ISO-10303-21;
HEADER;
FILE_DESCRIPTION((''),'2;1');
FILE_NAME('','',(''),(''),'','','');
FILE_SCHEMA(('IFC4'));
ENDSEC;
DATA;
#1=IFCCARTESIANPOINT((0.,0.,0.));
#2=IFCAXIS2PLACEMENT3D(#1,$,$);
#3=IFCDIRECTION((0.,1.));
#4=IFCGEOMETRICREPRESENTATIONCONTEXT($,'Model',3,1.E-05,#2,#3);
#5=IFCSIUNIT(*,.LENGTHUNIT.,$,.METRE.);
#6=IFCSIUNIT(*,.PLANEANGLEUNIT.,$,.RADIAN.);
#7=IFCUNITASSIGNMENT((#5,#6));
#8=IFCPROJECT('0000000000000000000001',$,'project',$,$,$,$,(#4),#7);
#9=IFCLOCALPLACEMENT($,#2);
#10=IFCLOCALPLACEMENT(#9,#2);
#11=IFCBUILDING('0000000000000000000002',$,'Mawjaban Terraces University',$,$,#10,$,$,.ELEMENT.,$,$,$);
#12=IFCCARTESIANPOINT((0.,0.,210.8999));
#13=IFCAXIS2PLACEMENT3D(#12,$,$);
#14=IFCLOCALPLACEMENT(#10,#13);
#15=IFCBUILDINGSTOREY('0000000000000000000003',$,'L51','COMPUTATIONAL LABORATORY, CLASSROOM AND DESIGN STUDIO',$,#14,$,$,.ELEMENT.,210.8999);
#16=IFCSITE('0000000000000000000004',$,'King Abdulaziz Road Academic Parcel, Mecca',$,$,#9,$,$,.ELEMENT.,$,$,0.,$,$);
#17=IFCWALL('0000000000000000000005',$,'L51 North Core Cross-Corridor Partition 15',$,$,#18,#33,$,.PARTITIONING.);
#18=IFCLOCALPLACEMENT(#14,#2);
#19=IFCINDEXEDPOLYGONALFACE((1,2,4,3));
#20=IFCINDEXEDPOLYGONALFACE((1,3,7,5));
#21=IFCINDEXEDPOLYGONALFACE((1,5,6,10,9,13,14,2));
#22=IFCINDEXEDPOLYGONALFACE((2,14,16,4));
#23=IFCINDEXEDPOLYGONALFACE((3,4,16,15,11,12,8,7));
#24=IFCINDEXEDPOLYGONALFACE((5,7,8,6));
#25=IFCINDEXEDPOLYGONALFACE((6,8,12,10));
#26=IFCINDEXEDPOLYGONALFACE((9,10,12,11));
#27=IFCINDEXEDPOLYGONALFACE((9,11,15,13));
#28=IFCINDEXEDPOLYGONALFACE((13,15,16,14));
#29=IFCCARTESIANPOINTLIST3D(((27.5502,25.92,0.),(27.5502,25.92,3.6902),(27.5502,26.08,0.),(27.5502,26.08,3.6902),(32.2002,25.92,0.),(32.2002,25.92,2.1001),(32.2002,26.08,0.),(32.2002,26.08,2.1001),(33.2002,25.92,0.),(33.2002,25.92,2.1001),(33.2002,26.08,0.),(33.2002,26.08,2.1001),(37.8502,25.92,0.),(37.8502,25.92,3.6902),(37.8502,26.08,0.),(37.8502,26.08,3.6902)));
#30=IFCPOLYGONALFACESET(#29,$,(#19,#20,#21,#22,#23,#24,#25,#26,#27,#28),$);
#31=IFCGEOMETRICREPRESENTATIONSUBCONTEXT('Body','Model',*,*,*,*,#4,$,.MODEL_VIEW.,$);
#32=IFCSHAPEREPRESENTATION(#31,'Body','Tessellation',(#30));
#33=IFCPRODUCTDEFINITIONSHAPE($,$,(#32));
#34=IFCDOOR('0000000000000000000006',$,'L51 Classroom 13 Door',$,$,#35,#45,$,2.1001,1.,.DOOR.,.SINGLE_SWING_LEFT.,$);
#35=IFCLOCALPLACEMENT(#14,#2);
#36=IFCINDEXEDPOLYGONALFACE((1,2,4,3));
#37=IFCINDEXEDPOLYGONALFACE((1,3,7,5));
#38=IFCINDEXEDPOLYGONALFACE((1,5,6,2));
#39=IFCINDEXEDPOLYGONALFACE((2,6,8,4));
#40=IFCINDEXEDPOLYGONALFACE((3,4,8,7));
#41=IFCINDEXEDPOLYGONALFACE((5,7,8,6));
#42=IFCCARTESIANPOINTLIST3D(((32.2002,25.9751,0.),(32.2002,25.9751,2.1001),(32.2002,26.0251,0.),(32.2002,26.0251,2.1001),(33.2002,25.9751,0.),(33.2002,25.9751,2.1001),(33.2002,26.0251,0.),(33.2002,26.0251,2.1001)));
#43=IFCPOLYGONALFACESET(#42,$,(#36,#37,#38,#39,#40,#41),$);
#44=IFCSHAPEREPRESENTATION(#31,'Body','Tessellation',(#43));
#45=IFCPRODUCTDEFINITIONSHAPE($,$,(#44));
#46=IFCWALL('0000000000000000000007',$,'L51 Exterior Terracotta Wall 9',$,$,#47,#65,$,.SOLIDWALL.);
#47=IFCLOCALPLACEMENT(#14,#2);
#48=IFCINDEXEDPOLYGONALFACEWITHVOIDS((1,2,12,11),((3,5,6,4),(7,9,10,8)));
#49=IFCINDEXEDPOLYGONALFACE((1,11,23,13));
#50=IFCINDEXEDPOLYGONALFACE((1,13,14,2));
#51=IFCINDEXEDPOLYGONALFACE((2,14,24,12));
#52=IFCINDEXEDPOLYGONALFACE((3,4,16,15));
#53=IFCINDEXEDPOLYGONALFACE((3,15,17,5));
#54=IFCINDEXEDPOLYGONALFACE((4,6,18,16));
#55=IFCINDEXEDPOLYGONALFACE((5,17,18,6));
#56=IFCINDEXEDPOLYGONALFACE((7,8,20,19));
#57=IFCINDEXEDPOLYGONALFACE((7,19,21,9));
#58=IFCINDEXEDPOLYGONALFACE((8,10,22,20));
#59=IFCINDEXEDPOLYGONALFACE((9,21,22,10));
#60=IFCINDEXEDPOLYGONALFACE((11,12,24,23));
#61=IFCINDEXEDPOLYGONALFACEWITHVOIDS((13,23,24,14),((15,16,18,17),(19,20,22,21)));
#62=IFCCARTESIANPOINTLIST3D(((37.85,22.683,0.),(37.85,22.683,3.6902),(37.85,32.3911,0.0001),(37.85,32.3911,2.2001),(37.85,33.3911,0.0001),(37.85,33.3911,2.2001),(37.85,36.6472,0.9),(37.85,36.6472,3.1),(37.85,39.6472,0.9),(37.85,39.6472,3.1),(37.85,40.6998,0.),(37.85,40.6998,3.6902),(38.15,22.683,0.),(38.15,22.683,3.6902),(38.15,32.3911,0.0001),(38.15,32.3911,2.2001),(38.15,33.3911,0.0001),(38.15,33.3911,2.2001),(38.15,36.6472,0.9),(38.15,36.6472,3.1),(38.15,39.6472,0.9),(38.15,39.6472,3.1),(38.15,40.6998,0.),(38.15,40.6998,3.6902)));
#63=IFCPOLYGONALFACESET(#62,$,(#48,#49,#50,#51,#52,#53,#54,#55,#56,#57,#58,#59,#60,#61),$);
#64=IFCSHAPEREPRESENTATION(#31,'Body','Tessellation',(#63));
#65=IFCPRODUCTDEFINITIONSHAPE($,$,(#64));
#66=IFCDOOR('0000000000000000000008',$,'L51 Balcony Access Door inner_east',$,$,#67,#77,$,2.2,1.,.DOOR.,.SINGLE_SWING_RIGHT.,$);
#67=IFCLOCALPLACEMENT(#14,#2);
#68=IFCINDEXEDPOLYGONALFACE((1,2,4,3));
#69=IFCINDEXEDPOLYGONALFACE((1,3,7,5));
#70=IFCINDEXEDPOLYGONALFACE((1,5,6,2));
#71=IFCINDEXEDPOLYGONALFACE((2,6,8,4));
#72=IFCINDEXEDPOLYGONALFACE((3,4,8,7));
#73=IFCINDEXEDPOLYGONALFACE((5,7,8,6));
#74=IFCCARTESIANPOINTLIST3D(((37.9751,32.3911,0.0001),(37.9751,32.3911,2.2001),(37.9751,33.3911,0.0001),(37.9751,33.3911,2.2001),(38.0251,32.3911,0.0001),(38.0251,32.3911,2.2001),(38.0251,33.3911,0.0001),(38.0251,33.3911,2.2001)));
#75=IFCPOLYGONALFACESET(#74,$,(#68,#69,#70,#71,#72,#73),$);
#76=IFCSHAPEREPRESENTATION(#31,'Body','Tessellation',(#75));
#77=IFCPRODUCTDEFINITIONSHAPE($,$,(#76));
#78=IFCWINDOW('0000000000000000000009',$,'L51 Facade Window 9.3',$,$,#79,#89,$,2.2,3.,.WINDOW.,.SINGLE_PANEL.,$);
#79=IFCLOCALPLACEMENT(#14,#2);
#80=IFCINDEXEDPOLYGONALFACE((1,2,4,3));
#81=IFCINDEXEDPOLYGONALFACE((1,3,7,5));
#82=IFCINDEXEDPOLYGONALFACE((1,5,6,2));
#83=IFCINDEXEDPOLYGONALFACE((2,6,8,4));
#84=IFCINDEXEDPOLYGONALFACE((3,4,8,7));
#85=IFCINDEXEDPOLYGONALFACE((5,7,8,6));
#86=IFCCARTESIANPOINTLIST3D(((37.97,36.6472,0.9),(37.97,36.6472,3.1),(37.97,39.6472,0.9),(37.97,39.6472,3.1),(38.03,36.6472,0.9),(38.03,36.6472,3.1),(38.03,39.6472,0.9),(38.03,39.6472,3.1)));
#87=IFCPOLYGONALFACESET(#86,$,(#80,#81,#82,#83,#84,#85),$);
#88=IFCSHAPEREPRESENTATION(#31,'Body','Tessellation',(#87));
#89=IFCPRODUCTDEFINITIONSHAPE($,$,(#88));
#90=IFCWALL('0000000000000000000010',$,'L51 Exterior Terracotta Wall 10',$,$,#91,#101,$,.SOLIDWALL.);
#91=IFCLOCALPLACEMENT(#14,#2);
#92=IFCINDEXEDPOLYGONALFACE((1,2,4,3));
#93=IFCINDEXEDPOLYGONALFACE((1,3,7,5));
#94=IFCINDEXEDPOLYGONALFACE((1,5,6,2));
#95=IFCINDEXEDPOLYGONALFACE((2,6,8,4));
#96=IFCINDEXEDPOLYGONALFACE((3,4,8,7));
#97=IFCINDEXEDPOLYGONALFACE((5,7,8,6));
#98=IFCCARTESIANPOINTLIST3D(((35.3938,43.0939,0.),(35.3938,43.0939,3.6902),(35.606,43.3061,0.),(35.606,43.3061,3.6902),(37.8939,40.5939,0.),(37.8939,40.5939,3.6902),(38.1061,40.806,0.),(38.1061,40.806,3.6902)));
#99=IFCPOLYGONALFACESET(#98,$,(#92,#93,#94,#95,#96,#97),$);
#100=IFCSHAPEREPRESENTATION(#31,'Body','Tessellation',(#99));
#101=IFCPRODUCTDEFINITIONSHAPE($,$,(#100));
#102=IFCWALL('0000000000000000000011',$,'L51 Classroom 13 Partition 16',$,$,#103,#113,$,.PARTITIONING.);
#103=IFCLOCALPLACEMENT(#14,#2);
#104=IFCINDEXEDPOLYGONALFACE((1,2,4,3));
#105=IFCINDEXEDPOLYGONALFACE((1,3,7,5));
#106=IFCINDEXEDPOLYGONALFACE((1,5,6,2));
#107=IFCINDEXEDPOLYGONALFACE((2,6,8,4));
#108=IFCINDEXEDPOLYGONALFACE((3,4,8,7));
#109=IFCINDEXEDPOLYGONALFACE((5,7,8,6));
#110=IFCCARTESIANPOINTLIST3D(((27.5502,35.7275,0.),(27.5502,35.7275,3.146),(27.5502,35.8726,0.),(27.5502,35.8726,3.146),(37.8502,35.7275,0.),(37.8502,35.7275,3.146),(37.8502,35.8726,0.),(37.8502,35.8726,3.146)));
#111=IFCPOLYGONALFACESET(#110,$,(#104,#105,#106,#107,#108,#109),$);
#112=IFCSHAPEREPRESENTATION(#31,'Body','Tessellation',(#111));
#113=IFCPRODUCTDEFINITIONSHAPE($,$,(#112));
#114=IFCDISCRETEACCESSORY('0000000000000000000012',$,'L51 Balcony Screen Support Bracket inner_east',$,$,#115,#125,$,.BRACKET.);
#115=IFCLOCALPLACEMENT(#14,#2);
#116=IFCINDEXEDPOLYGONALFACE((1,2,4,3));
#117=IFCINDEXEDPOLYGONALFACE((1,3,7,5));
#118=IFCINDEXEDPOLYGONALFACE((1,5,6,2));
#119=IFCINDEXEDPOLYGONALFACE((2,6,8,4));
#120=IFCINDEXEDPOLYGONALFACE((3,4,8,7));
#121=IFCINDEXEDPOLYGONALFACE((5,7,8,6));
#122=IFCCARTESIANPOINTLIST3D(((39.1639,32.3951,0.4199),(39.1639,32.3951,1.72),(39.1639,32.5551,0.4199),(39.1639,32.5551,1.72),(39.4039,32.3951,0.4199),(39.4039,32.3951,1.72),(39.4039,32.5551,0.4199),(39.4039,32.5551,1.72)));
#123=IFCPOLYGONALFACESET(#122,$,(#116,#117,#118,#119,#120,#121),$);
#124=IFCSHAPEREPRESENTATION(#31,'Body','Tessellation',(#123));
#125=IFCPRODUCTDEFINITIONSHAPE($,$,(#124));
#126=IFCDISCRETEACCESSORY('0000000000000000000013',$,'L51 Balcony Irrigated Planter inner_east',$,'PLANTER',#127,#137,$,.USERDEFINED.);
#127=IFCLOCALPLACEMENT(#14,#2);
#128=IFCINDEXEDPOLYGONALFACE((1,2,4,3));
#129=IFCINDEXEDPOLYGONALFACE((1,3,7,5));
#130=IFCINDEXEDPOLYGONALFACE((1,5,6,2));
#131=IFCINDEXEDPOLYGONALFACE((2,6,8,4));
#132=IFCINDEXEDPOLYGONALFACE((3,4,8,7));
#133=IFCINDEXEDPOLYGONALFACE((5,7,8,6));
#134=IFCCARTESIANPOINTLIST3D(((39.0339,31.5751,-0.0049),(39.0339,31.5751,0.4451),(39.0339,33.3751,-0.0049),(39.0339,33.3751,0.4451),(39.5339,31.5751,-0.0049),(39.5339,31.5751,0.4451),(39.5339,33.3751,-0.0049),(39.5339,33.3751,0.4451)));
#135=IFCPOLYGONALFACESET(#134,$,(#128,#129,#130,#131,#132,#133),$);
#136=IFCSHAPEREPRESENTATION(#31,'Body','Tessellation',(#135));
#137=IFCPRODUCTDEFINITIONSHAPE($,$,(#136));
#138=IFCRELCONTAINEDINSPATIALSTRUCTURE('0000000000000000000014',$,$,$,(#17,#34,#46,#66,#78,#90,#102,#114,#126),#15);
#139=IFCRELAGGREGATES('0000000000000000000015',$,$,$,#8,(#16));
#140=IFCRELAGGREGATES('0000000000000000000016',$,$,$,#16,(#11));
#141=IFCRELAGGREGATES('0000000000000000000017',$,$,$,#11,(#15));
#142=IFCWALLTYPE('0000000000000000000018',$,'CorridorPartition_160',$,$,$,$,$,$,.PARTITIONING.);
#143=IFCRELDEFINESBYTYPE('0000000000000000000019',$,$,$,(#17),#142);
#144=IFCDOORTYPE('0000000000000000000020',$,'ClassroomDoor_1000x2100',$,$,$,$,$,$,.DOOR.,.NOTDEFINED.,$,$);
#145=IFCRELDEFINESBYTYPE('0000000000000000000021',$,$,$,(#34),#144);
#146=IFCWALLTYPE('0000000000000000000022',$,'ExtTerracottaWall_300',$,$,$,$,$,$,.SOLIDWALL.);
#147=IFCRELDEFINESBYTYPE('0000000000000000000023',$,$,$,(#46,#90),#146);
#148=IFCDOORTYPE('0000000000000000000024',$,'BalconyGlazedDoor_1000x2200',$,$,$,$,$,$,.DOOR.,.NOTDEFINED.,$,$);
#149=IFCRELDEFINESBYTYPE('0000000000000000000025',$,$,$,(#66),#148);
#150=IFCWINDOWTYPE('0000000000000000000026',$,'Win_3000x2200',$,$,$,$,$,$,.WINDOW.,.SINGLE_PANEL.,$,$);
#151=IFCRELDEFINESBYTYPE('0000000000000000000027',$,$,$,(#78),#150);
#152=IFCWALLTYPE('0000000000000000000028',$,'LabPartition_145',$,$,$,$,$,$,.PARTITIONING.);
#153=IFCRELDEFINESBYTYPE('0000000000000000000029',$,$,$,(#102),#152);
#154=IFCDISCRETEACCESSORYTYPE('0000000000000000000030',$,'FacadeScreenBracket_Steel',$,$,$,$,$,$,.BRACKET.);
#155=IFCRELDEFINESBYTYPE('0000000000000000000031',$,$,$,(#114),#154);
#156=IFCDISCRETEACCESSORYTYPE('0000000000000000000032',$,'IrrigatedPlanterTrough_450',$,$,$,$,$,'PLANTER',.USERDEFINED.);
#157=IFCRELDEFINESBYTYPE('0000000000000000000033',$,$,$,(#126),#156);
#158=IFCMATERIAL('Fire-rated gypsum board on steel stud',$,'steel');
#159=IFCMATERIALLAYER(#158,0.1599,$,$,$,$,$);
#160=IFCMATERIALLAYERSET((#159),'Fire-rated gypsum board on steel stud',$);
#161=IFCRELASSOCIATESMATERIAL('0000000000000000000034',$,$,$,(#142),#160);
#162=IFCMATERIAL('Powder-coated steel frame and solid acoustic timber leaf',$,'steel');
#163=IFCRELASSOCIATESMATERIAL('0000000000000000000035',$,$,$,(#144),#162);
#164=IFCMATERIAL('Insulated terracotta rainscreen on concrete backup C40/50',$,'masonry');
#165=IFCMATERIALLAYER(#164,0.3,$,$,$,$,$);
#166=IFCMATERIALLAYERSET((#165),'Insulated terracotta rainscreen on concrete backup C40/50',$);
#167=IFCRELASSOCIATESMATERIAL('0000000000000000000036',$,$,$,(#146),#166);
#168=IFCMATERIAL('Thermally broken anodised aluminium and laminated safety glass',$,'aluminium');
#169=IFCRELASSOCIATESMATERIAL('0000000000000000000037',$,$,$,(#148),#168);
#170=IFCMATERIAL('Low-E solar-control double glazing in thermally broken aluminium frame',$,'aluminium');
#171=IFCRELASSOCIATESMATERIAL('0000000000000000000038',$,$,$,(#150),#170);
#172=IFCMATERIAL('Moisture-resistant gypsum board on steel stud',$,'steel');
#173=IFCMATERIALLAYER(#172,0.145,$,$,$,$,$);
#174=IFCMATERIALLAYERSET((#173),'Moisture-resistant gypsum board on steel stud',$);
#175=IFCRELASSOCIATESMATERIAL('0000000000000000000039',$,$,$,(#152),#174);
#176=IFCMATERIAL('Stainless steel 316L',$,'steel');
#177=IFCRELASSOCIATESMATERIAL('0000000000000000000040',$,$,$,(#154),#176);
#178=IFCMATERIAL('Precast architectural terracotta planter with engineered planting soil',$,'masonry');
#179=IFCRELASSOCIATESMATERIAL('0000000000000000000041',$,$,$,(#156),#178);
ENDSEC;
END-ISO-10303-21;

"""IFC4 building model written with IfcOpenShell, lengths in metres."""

from ifc_helpers import new_model, si_unit, direction, frame, frame_2d, origin, origin_2d, place, context, subcontext, project, spatial, rectangle, extrude, material, layer, layer_set, type_object, element, fill, save


model = new_model("IFC4")

# Units and contexts
model_context = context("Model", 3, precision=1e-05, world=origin(), true_north=direction((0.0, 1.0)))
body_context = subcontext(model_context, "Body", "Model", "MODEL_VIEW")
ifc_project = project(units=[si_unit("LENGTHUNIT", "METRE"), si_unit("PLANEANGLEUNIT", "RADIAN")], contexts=[model_context])

# Site, building, storey
site_placement = place(None, origin())
site = spatial("IfcSite", under=ifc_project, at=site_placement, Name="King Abdulaziz Road Academic Parcel, Mecca", CompositionType="ELEMENT", RefElevation=0.0)
building_placement = place(site_placement, origin())
building = spatial("IfcBuilding", under=site, at=building_placement, Name="Mawjaban Terraces University", CompositionType="ELEMENT")
storey_placement = place(building_placement, frame((0.0, 0.0, 210.8999)))
storey = spatial("IfcBuildingStorey", under=building, at=storey_placement, Name="L51", Description="COMPUTATIONAL LABORATORY, CLASSROOM AND DESIGN STUDIO", CompositionType="ELEMENT", Elevation=210.8999)

# Shared definitions
ifc_material_1 = material(Name="Fire-rated gypsum board on steel stud", Category="steel")
ifc_layer_1 = layer(ifc_material_1, 0.1599)
ifc_layer_set_1 = layer_set([ifc_layer_1], Name="Fire-rated gypsum board on steel stud")
wall_type_1 = type_object("IfcWallType", Name="CorridorPartition_160", PredefinedType="PARTITIONING", material=ifc_layer_set_1)

# Wall, opening, door
wall_1_placement = place(storey_placement, frame((37.8501, 26.0, 0.0), z_axis=(0.0, 0.0, 1.0), x_axis=(-1.0, 0.0, 0.0)))
wall_1 = element("IfcWall", 1, at=wall_1_placement, inside=storey, type_object=wall_type_1, Name="L51 North Core Cross-Corridor Partition 15", PredefinedType="PARTITIONING", context=body_context, shape_type="SweptSolid", body=[
    extrude(rectangle(XDim=10.3, YDim=0.1599, at=frame_2d((5.1499, 0.0))), origin(), (0.0, 0.0, 1.0), 3.6902),
])
opening_1_placement = place(wall_1_placement, frame((4.6499, 0.0, 0.0)))
opening_1 = element("IfcOpeningElement", 2, at=opening_1_placement, cuts=wall_1, PredefinedType="OPENING", context=body_context, shape_type="SweptSolid", body=[
    extrude(rectangle(XDim=1.0, YDim=2.1001, at=frame_2d((0.5, 1.05))), frame((0.0, 0.0898, 0.0), z_axis=(0.0, -1.0, 0.0), x_axis=(1.0, 0.0, 0.0)), (0.0, 0.0, 1.0), 0.1799),
])
ifc_material_2 = material(Name="Powder-coated steel frame and solid acoustic timber leaf", Category="steel")
door_type_1 = type_object("IfcDoorType", Name="ClassroomDoor_1000x2100", OperationType="NOTDEFINED", PredefinedType="DOOR", material=ifc_material_2)
door_1_placement = place(opening_1_placement, origin())
door_1 = element("IfcDoor", 3, at=door_1_placement, inside=storey, type_object=door_type_1, Name="L51 Classroom 13 Door", OperationType="SINGLE_SWING_LEFT", OverallHeight=2.1001, OverallWidth=1.0, PredefinedType="DOOR", context=body_context, shape_type="SweptSolid", body=[
    extrude(rectangle(XDim=1.0, YDim=2.1001, at=frame_2d((0.5, 1.05))), frame((0.0, 0.0249, 0.0), z_axis=(0.0, -1.0, 0.0), x_axis=(1.0, 0.0, 0.0)), (0.0, 0.0, 1.0), 0.05),
])
fill(opening_1, door_1)

# Wall, openings, door, window
ifc_material_3 = material(Name="Insulated terracotta rainscreen on concrete backup C40/50", Category="masonry")
ifc_layer_2 = layer(ifc_material_3, 0.3)
ifc_layer_set_2 = layer_set([ifc_layer_2], Name="Insulated terracotta rainscreen on concrete backup C40/50")
wall_type_2 = type_object("IfcWallType", Name="ExtTerracottaWall_300", PredefinedType="SOLIDWALL", material=ifc_layer_set_2)
wall_2_placement = place(storey_placement, frame((38.0, 22.6831, 0.0), z_axis=(0.0, 0.0, 1.0), x_axis=(0.0, 1.0, 0.0)))
wall_2 = element("IfcWall", 4, at=wall_2_placement, inside=storey, type_object=wall_type_2, Name="L51 Exterior Terracotta Wall 9", PredefinedType="SOLIDWALL", context=body_context, shape_type="SweptSolid", body=[
    extrude(rectangle(XDim=18.0168, YDim=0.3, at=frame_2d((9.0083, 0.0))), origin(), (0.0, 0.0, 1.0), 3.6902),
])
opening_2_placement = place(wall_2_placement, frame((9.708, 0.0, 0.0)))
opening_2 = element("IfcOpeningElement", 5, at=opening_2_placement, cuts=wall_2, PredefinedType="OPENING", context=body_context, shape_type="SweptSolid", body=[
    extrude(rectangle(XDim=1.0, YDim=2.2, at=frame_2d((0.5, 1.1001))), frame((0.0, 0.1599, 0.0), z_axis=(0.0, -1.0, 0.0), x_axis=(1.0, 0.0, 0.0)), (0.0, 0.0, 1.0), 0.3201),
])
opening_3_placement = place(wall_2_placement, frame((13.9641, 0.0, 0.8999)))
opening_3 = element("IfcOpeningElement", 6, at=opening_3_placement, cuts=wall_2, PredefinedType="OPENING", context=body_context, shape_type="SweptSolid", body=[
    extrude(rectangle(XDim=3.0, YDim=2.2, at=frame_2d((1.5, 1.1001))), frame((0.0, 0.1599, 0.0), z_axis=(0.0, -1.0, 0.0), x_axis=(1.0, 0.0, 0.0)), (0.0, 0.0, 1.0), 0.3201),
])
ifc_material_4 = material(Name="Thermally broken anodised aluminium and laminated safety glass", Category="aluminium")
door_type_2 = type_object("IfcDoorType", Name="BalconyGlazedDoor_1000x2200", OperationType="NOTDEFINED", PredefinedType="DOOR", material=ifc_material_4)
door_2_placement = place(opening_2_placement, origin())
door_2 = element("IfcDoor", 7, at=door_2_placement, inside=storey, type_object=door_type_2, Name="L51 Balcony Access Door inner_east", OperationType="SINGLE_SWING_RIGHT", OverallHeight=2.2, OverallWidth=1.0, PredefinedType="DOOR", context=body_context, shape_type="SweptSolid", body=[
    extrude(rectangle(XDim=1.0, YDim=2.2, at=frame_2d((0.5, 1.1001))), frame((0.0, 0.0249, 0.0), z_axis=(0.0, -1.0, 0.0), x_axis=(1.0, 0.0, 0.0)), (0.0, 0.0, 1.0), 0.05),
])
fill(opening_2, door_2)
ifc_material_5 = material(Name="Low-E solar-control double glazing in thermally broken aluminium frame", Category="aluminium")
window_type = type_object("IfcWindowType", Name="Win_3000x2200", PartitioningType="SINGLE_PANEL", PredefinedType="WINDOW", material=ifc_material_5)
window_placement = place(opening_3_placement, origin())
window = element("IfcWindow", 8, at=window_placement, inside=storey, type_object=window_type, Name="L51 Facade Window 9.3", OverallHeight=2.2, OverallWidth=3.0, PartitioningType="SINGLE_PANEL", PredefinedType="WINDOW", context=body_context, shape_type="SweptSolid", body=[
    extrude(rectangle(XDim=3.0, YDim=2.2, at=frame_2d((1.5, 1.1001))), frame((0.0, 0.03, 0.0), z_axis=(0.0, -1.0, 0.0), x_axis=(1.0, 0.0, 0.0)), (0.0, 0.0, 1.0), 0.0601),
])
fill(opening_3, window)

# Walls
wall_3_placement = place(storey_placement, frame((38.0, 40.7, 0.0), z_axis=(0.0, 0.0, 1.0), x_axis=(-0.707107, 0.707107, 0.0)))
element("IfcWall", 9, at=wall_3_placement, inside=storey, type_object=wall_type_2, Name="L51 Exterior Terracotta Wall 10", PredefinedType="SOLIDWALL", context=body_context, shape_type="SweptSolid", body=[
    extrude(rectangle(XDim=3.5356, YDim=0.3, at=frame_2d((1.7678, 0.0))), origin(), (0.0, 0.0, 1.0), 3.6902),
])
ifc_material_6 = material(Name="Moisture-resistant gypsum board on steel stud", Category="steel")
ifc_layer_3 = layer(ifc_material_6, 0.145)
ifc_layer_set_3 = layer_set([ifc_layer_3], Name="Moisture-resistant gypsum board on steel stud")
wall_type_3 = type_object("IfcWallType", Name="LabPartition_145", PredefinedType="PARTITIONING", material=ifc_layer_set_3)
wall_4_placement = place(storey_placement, frame((37.8501, 35.8, 0.0), z_axis=(0.0, 0.0, 1.0), x_axis=(-1.0, 0.0, 0.0)))
element("IfcWall", 10, at=wall_4_placement, inside=storey, type_object=wall_type_3, Name="L51 Classroom 13 Partition 16", PredefinedType="PARTITIONING", context=body_context, shape_type="SweptSolid", body=[
    extrude(rectangle(XDim=10.3, YDim=0.145, at=frame_2d((5.1499, 0.0))), origin(), (0.0, 0.0, 1.0), 3.146),
])

# Discrete accessories
ifc_material_7 = material(Name="Stainless steel 316L", Category="steel")
discrete_accessory_type_1 = type_object("IfcDiscreteAccessoryType", Name="FacadeScreenBracket_Steel", PredefinedType="BRACKET", material=ifc_material_7)
discrete_accessory_1_placement = place(storey_placement, frame((39.2839, 32.4751, 0.4199), z_axis=(0.0, 0.0, 1.0), x_axis=(0.0, 1.0, 0.0)))
element("IfcDiscreteAccessory", 11, at=discrete_accessory_1_placement, inside=storey, type_object=discrete_accessory_type_1, Name="L51 Balcony Screen Support Bracket inner_east", PredefinedType="BRACKET", context=body_context, shape_type="SweptSolid", body=[
    extrude(rectangle(XDim=0.1599, YDim=0.24, at=origin_2d()), origin(), (0.0, 0.0, 1.0), 1.3),
])
ifc_material_8 = material(Name="Precast architectural terracotta planter with engineered planting soil", Category="masonry")
discrete_accessory_type_2 = type_object("IfcDiscreteAccessoryType", Name="IrrigatedPlanterTrough_450", ElementType="PLANTER", PredefinedType="USERDEFINED", material=ifc_material_8)
discrete_accessory_2_placement = place(storey_placement, frame((39.2839, 32.4751, -0.0049), z_axis=(0.0, 0.0, 1.0), x_axis=(0.0, 1.0, 0.0)))
element("IfcDiscreteAccessory", 12, at=discrete_accessory_2_placement, inside=storey, type_object=discrete_accessory_type_2, Name="L51 Balcony Irrigated Planter inner_east", ObjectType="PLANTER", PredefinedType="USERDEFINED", context=body_context, shape_type="SweptSolid", body=[
    extrude(rectangle(XDim=1.8, YDim=0.5, at=origin_2d()), origin(), (0.0, 0.0, 1.0), 0.45),
])

save(model, "model.ifc")
